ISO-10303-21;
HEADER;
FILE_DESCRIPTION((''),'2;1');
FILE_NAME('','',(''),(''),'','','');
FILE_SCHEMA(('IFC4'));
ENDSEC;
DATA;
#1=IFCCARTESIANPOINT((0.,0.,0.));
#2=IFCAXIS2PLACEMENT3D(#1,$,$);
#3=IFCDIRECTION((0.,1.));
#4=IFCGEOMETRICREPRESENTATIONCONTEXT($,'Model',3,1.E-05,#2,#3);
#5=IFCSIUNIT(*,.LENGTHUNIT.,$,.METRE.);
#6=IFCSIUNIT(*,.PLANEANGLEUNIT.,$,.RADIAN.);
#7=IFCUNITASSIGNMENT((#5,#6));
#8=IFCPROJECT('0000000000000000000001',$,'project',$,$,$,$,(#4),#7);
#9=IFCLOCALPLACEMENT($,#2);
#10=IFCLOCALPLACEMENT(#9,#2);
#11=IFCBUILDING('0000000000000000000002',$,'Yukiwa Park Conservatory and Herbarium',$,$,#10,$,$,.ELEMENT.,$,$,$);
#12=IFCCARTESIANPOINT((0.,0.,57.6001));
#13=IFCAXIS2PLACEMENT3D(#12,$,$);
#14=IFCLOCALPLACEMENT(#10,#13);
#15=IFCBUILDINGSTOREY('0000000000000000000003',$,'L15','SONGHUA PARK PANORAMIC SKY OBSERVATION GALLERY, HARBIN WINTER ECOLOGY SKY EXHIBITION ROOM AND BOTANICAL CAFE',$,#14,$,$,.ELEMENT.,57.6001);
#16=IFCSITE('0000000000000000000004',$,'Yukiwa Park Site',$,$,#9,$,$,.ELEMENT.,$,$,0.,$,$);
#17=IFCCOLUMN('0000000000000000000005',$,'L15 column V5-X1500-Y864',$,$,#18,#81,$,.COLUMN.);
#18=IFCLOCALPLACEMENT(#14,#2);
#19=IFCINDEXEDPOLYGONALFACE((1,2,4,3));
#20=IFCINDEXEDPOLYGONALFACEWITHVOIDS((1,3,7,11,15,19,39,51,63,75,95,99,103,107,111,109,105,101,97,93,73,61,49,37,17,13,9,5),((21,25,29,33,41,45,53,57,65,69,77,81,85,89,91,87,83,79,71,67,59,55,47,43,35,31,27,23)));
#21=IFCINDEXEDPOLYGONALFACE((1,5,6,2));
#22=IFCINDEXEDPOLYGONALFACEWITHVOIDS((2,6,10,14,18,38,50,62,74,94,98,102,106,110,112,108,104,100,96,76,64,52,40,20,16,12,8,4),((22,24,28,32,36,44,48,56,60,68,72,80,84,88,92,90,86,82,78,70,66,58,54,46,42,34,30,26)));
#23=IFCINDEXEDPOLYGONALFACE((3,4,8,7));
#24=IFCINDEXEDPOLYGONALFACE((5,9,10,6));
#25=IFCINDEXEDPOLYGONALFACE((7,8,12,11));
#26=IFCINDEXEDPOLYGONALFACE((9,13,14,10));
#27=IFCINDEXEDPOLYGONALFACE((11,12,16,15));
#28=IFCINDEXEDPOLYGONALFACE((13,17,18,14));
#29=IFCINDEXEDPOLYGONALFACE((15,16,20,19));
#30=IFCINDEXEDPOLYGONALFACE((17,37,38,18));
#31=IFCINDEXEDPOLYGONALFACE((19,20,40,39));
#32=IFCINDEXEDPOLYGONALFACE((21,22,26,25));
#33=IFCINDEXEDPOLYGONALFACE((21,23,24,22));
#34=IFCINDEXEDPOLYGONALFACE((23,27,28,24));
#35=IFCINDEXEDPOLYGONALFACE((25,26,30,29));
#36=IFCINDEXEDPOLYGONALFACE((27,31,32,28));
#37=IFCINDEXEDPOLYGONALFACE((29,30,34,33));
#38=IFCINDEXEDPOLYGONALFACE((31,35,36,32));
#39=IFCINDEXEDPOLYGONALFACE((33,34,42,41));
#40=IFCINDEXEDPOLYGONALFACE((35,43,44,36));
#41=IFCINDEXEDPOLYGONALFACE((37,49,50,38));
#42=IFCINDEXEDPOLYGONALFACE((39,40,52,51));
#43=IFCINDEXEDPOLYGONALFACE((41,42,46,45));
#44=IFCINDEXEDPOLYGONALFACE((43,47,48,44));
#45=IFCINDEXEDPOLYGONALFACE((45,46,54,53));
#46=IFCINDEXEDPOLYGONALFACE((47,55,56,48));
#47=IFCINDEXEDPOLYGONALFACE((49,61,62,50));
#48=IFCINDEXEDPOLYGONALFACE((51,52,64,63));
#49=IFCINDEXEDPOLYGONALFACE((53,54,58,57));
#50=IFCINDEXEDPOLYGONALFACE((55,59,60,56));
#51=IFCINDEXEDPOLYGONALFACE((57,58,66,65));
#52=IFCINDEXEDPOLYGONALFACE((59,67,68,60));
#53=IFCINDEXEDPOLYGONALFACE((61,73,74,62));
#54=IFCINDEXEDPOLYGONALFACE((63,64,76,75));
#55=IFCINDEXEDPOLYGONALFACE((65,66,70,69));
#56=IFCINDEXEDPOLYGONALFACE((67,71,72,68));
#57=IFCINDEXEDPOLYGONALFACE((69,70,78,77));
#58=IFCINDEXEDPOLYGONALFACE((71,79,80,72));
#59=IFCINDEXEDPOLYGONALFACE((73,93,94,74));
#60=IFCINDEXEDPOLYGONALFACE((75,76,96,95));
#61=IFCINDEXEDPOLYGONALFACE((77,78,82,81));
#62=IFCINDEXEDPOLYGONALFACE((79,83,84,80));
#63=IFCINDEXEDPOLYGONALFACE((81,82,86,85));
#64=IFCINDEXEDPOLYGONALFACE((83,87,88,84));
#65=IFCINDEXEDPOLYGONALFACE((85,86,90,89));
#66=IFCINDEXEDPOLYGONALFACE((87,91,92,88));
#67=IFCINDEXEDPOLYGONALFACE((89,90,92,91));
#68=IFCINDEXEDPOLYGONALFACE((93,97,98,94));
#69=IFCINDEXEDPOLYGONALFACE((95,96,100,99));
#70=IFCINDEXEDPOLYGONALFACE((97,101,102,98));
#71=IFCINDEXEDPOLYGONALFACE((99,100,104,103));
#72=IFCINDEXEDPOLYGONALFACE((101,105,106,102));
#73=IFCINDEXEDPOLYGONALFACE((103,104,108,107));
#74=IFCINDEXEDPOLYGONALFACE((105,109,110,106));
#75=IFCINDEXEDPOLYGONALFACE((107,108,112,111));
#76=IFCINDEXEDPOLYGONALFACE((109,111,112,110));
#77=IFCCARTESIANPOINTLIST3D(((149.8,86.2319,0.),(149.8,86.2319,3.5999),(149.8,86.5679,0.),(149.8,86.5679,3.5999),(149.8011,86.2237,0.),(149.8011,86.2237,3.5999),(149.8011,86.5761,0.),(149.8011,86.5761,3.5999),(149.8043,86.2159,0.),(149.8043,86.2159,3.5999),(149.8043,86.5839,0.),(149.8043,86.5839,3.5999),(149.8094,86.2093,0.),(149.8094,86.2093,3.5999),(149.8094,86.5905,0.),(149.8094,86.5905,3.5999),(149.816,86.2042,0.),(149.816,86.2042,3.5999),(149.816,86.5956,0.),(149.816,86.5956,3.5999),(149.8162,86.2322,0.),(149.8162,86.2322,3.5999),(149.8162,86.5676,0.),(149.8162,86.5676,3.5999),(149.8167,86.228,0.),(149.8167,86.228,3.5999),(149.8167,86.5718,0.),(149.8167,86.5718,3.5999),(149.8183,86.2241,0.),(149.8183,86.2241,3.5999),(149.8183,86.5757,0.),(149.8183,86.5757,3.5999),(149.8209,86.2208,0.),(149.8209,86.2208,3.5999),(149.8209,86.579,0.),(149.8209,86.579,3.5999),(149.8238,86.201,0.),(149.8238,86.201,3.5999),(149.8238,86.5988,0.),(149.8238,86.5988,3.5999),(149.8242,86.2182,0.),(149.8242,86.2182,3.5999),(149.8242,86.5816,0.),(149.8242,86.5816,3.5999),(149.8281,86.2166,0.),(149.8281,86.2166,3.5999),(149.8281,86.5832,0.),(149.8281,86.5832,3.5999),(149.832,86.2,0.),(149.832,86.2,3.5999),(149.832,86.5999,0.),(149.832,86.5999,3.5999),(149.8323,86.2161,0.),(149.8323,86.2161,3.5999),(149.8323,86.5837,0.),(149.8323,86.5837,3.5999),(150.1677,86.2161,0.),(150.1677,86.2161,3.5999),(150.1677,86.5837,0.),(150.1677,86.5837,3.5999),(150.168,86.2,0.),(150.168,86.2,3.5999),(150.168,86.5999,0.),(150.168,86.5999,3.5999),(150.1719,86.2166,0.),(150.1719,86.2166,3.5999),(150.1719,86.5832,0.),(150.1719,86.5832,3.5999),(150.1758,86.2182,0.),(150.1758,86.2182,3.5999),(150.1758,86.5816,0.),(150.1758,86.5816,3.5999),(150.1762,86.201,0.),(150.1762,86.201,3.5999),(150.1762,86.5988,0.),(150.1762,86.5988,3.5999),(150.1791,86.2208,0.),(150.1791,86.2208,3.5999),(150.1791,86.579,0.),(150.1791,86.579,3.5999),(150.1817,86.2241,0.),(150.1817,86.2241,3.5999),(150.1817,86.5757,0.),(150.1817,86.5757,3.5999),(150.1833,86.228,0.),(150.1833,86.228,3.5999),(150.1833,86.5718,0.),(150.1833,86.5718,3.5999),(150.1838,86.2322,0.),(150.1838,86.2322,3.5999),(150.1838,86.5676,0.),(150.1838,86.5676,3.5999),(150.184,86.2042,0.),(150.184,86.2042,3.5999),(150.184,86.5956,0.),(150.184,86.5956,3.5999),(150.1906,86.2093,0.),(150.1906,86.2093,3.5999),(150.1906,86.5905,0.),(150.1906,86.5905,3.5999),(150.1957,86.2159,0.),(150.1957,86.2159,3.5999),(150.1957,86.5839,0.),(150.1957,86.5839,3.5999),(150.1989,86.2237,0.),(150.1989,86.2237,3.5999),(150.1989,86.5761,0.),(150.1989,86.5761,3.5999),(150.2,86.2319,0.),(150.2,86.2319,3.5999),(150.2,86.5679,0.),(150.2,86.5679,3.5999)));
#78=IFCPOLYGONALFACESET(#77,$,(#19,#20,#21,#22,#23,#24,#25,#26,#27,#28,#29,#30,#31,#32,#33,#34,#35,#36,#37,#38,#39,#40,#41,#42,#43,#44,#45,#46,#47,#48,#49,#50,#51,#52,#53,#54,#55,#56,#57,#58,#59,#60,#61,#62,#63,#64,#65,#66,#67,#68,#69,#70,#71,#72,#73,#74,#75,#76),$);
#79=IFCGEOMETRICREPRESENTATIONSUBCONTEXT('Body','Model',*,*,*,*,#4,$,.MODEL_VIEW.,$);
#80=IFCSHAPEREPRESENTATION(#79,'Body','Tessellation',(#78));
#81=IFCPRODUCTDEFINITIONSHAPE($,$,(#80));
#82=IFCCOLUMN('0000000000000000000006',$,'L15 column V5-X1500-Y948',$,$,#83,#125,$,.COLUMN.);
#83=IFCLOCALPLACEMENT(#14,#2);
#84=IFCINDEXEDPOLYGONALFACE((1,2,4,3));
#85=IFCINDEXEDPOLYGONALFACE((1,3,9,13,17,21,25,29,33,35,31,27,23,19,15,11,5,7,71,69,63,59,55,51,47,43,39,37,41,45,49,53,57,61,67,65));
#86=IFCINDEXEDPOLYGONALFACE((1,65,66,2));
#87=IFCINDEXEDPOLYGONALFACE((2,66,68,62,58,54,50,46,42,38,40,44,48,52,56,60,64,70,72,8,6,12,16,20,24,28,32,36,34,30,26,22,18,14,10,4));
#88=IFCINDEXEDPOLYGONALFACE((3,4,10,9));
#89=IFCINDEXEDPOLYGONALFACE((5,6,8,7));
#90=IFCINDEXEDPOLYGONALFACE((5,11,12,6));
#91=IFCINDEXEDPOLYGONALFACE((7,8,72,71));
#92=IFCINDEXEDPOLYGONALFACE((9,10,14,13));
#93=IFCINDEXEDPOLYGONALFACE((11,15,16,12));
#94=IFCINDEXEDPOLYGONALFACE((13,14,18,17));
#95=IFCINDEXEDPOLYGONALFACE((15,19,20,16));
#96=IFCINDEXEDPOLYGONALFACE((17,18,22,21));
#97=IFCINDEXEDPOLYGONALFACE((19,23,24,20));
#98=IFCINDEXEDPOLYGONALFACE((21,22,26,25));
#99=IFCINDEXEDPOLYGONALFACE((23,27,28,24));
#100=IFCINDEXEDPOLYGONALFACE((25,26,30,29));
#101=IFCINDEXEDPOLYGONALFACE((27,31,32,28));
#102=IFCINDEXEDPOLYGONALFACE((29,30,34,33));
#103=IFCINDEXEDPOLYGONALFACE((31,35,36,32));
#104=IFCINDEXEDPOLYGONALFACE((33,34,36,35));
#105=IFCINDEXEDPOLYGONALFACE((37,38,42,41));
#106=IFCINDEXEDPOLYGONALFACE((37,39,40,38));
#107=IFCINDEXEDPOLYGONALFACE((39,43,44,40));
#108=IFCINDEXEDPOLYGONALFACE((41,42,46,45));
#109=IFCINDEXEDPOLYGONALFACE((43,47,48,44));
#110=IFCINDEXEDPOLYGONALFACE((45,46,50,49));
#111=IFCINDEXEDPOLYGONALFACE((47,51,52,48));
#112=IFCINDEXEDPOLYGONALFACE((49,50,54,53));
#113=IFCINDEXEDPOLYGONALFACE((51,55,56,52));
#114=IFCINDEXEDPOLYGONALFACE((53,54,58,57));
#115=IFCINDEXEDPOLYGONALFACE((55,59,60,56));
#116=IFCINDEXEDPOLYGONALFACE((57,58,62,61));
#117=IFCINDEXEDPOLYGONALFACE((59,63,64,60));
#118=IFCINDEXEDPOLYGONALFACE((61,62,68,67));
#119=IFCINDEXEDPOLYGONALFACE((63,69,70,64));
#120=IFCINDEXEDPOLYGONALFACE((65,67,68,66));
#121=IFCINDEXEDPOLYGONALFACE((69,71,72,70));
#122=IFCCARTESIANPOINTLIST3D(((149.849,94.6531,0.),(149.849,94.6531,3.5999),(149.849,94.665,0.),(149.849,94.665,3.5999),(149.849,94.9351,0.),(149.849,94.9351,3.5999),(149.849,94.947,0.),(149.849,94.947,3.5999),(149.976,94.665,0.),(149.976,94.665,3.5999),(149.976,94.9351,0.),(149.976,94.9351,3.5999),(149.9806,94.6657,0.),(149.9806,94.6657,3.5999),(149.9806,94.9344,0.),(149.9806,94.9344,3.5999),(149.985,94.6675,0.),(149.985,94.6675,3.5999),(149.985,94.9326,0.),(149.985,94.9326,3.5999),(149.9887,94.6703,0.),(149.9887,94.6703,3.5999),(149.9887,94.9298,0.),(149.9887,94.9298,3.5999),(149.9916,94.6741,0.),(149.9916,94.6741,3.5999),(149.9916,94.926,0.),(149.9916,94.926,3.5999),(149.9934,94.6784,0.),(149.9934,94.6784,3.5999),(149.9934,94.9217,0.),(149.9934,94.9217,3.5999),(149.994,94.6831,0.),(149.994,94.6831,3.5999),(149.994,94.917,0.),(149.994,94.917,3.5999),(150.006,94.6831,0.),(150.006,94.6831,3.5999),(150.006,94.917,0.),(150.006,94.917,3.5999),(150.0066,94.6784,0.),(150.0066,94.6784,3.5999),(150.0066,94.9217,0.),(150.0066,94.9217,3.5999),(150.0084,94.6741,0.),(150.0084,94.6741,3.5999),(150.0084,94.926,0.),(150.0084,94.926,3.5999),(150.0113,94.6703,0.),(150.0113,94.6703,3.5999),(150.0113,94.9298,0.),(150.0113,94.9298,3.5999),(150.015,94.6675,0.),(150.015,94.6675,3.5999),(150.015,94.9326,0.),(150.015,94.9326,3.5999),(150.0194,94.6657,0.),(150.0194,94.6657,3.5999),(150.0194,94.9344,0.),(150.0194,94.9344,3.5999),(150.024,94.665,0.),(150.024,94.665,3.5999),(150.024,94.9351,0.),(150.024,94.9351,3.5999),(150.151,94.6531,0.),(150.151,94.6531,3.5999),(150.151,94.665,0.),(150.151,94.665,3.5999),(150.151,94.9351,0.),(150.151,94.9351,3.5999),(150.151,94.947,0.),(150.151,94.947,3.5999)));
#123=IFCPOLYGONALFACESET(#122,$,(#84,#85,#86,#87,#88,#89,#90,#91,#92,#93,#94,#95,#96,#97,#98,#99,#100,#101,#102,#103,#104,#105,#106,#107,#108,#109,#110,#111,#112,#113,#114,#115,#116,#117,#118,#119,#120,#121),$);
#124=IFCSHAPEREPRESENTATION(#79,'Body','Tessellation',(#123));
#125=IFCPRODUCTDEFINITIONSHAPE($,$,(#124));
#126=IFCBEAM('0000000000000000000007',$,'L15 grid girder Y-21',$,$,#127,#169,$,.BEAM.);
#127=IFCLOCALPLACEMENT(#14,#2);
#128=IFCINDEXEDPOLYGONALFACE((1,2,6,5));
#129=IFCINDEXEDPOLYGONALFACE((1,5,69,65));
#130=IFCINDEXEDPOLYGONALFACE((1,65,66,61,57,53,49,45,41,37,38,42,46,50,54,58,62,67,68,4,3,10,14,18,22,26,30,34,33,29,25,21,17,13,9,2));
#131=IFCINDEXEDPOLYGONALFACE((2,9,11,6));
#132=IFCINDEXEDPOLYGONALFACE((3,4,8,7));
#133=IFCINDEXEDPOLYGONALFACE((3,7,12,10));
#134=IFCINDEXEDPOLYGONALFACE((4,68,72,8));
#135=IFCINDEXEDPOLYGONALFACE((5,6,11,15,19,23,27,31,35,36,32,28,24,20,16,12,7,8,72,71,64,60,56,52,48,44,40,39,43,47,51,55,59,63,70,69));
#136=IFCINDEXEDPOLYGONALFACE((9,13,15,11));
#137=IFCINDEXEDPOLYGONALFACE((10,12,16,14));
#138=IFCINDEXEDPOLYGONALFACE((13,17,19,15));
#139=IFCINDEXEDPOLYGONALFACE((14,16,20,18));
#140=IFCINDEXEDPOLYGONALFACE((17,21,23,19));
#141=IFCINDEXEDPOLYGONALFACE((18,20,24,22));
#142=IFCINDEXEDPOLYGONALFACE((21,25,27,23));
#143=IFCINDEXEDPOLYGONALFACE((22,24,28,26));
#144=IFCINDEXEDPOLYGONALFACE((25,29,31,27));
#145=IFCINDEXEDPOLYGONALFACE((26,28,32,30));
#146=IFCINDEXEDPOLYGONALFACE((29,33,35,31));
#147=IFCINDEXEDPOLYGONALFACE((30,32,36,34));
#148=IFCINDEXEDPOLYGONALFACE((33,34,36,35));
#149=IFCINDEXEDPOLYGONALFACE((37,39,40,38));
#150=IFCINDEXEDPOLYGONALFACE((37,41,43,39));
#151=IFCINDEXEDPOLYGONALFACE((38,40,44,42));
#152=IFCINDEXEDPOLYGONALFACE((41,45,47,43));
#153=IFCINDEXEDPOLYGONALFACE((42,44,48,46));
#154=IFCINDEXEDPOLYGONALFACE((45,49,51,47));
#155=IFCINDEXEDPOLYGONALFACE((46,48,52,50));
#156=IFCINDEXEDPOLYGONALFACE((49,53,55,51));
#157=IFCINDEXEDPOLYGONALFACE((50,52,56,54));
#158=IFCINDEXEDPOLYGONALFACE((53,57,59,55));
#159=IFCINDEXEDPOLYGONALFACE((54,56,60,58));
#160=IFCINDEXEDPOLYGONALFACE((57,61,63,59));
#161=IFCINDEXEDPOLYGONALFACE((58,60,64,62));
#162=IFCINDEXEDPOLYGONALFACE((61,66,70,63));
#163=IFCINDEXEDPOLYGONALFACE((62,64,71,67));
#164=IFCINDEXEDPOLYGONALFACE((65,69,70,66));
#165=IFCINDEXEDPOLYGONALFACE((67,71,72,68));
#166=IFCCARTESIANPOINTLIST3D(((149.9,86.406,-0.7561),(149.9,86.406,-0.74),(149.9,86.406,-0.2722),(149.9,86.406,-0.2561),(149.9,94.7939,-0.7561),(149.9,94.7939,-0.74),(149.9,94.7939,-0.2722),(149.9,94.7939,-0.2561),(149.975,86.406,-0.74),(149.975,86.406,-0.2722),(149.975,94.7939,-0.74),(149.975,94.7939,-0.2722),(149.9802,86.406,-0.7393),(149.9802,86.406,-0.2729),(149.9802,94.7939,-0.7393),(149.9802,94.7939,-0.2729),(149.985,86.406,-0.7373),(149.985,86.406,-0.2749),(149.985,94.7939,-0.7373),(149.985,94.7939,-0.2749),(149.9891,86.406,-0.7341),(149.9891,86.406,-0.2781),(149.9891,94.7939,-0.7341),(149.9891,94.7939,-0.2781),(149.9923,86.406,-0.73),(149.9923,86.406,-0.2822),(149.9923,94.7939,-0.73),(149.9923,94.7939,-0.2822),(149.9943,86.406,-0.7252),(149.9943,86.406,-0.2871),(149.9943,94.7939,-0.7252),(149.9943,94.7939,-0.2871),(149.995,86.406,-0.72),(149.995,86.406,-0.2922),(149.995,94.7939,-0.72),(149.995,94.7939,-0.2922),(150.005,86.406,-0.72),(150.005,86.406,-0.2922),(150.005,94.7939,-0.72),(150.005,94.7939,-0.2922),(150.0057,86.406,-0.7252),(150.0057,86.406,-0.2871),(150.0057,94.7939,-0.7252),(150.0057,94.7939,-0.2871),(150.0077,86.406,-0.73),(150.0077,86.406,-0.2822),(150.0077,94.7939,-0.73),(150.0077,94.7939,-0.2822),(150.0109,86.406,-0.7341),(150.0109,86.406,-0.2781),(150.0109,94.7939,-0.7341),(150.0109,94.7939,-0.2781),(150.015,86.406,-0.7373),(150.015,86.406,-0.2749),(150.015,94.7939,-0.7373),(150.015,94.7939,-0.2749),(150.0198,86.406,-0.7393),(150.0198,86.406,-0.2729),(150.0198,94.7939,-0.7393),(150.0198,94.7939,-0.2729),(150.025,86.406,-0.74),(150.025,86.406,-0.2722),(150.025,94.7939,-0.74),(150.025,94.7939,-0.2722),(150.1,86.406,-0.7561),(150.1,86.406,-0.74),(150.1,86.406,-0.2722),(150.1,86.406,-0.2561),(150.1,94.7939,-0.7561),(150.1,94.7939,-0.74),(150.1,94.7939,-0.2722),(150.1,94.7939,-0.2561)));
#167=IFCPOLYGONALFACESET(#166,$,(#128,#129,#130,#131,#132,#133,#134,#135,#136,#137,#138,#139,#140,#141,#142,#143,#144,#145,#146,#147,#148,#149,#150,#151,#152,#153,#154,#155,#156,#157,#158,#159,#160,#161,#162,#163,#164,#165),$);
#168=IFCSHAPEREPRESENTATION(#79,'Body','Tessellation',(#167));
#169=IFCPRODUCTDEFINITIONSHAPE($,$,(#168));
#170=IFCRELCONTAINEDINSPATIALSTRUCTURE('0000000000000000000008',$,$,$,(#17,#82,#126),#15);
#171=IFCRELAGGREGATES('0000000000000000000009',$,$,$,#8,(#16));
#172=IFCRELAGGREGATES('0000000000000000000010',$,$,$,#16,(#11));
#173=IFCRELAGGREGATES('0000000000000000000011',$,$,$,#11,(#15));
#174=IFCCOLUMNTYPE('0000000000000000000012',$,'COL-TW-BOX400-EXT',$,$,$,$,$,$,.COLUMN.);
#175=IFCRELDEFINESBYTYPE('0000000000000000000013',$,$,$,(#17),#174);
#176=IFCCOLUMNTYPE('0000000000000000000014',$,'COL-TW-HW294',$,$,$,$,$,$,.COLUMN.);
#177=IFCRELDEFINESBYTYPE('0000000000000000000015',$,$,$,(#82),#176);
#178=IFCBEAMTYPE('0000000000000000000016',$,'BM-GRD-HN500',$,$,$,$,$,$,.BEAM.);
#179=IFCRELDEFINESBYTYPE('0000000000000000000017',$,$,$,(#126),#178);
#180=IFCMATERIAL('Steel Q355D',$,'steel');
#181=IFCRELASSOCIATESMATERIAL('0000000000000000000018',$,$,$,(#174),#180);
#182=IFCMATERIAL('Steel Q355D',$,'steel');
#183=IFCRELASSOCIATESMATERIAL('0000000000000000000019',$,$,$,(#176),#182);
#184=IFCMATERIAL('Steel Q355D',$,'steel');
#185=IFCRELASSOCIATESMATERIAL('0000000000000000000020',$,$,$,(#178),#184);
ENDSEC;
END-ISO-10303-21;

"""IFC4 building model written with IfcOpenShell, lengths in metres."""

from ifc_helpers import new_model, si_unit, direction, frame, origin, origin_2d, place, context, subcontext, project, spatial, hollow_rectangle, i_section, extrude, material, material_profile, profile_set, type_object, element, save


model = new_model("IFC4")

# Units and contexts
model_context = context("Model", 3, precision=1e-05, world=origin(), true_north=direction((0.0, 1.0)))
body_context = subcontext(model_context, "Body", "Model", "MODEL_VIEW")
ifc_project = project(units=[si_unit("LENGTHUNIT", "METRE"), si_unit("PLANEANGLEUNIT", "RADIAN")], contexts=[model_context])

# Site, building, storey
site_placement = place(None, origin())
site = spatial("IfcSite", under=ifc_project, at=site_placement, Name="Yukiwa Park Site", CompositionType="ELEMENT", RefElevation=0.0)
building_placement = place(site_placement, origin())
building = spatial("IfcBuilding", under=site, at=building_placement, Name="Yukiwa Park Conservatory and Herbarium", CompositionType="ELEMENT")
storey_placement = place(building_placement, frame((0.0, 0.0, 57.6001)))
storey = spatial("IfcBuildingStorey", under=building, at=storey_placement, Name="L15", Description="SONGHUA PARK PANORAMIC SKY OBSERVATION GALLERY, HARBIN WINTER ECOLOGY SKY EXHIBITION ROOM AND BOTANICAL CAFE", CompositionType="ELEMENT", Elevation=57.6001)

# Columns
ifc_material_1 = material(Name="Steel Q355D", Category="steel")
ifc_material_profile_1 = material_profile(ifc_material_1, hollow_rectangle(XDim=0.3999, YDim=0.3999, WallThickness=0.0161, InnerFilletRadius=0.0161, OuterFilletRadius=0.032, at=origin_2d()), Name="BOX 400x400x16")
ifc_profile_set_1 = profile_set([ifc_material_profile_1], Name="Steel Q355D")
column_type_1 = type_object("IfcColumnType", Name="COL-TW-BOX400-EXT", PredefinedType="COLUMN", material=ifc_profile_set_1)
column_1_placement = place(storey_placement, frame((150.0, 86.3999, 0.0), z_axis=(0.0, 0.0, 1.0), x_axis=(1.0, 0.0, 0.0)))
element("IfcColumn", 1, at=column_1_placement, inside=storey, type_object=column_type_1, Name="L15 column V5-X1500-Y864", PredefinedType="COLUMN", context=body_context, shape_type="SweptSolid", body=[
    extrude(hollow_rectangle(XDim=0.3999, YDim=0.3999, WallThickness=0.0161, InnerFilletRadius=0.0161, OuterFilletRadius=0.032, at=origin_2d()), origin(), (0.0, 0.0, 1.0), 3.5999),
])
ifc_material_2 = material(Name="Steel Q355D", Category="steel")
ifc_material_profile_2 = material_profile(ifc_material_2, i_section(OverallWidth=0.302, OverallDepth=0.2939, WebThickness=0.012, FlangeThickness=0.012, FilletRadius=0.0181, at=origin_2d()), Name="HW 294x302x12x12")
ifc_profile_set_2 = profile_set([ifc_material_profile_2], Name="Steel Q355D")
column_type_2 = type_object("IfcColumnType", Name="COL-TW-HW294", PredefinedType="COLUMN", material=ifc_profile_set_2)
column_2_placement = place(storey_placement, frame((150.0, 94.8, 0.0), z_axis=(0.0, 0.0, 1.0), x_axis=(1.0, 0.0, 0.0)))
element("IfcColumn", 2, at=column_2_placement, inside=storey, type_object=column_type_2, Name="L15 column V5-X1500-Y948", PredefinedType="COLUMN", context=body_context, shape_type="SweptSolid", body=[
    extrude(i_section(OverallWidth=0.302, OverallDepth=0.2939, WebThickness=0.012, FlangeThickness=0.012, FilletRadius=0.0181, at=origin_2d()), origin(), (0.0, 0.0, 1.0), 3.5999),
])

# Beam
ifc_material_3 = material(Name="Steel Q355D", Category="steel")
ifc_material_profile_3 = material_profile(ifc_material_3, i_section(OverallWidth=0.2, OverallDepth=0.5, WebThickness=0.01, FlangeThickness=0.0161, FilletRadius=0.02, at=origin_2d()), Name="HN 500x200x10x16")
ifc_profile_set_3 = profile_set([ifc_material_profile_3], Name="Steel Q355D")
beam_type_1 = type_object("IfcBeamType", Name="BM-GRD-HN500", PredefinedType="BEAM", material=ifc_profile_set_3)
beam_1_placement = place(storey_placement, frame((150.0, 86.406, -0.5061), z_axis=(0.0, 1.0, 0.0), x_axis=(-1.0, 0.0, 0.0)))
element("IfcBeam", 3, at=beam_1_placement, inside=storey, type_object=beam_type_1, Name="L15 grid girder Y-21", PredefinedType="BEAM", context=body_context, shape_type="SweptSolid", body=[
    extrude(i_section(OverallWidth=0.2, OverallDepth=0.5, WebThickness=0.01, FlangeThickness=0.0161, FilletRadius=0.02, at=origin_2d()), origin(), (0.0, 0.0, 1.0), 8.3879),
])

save(model, "model.ifc")
